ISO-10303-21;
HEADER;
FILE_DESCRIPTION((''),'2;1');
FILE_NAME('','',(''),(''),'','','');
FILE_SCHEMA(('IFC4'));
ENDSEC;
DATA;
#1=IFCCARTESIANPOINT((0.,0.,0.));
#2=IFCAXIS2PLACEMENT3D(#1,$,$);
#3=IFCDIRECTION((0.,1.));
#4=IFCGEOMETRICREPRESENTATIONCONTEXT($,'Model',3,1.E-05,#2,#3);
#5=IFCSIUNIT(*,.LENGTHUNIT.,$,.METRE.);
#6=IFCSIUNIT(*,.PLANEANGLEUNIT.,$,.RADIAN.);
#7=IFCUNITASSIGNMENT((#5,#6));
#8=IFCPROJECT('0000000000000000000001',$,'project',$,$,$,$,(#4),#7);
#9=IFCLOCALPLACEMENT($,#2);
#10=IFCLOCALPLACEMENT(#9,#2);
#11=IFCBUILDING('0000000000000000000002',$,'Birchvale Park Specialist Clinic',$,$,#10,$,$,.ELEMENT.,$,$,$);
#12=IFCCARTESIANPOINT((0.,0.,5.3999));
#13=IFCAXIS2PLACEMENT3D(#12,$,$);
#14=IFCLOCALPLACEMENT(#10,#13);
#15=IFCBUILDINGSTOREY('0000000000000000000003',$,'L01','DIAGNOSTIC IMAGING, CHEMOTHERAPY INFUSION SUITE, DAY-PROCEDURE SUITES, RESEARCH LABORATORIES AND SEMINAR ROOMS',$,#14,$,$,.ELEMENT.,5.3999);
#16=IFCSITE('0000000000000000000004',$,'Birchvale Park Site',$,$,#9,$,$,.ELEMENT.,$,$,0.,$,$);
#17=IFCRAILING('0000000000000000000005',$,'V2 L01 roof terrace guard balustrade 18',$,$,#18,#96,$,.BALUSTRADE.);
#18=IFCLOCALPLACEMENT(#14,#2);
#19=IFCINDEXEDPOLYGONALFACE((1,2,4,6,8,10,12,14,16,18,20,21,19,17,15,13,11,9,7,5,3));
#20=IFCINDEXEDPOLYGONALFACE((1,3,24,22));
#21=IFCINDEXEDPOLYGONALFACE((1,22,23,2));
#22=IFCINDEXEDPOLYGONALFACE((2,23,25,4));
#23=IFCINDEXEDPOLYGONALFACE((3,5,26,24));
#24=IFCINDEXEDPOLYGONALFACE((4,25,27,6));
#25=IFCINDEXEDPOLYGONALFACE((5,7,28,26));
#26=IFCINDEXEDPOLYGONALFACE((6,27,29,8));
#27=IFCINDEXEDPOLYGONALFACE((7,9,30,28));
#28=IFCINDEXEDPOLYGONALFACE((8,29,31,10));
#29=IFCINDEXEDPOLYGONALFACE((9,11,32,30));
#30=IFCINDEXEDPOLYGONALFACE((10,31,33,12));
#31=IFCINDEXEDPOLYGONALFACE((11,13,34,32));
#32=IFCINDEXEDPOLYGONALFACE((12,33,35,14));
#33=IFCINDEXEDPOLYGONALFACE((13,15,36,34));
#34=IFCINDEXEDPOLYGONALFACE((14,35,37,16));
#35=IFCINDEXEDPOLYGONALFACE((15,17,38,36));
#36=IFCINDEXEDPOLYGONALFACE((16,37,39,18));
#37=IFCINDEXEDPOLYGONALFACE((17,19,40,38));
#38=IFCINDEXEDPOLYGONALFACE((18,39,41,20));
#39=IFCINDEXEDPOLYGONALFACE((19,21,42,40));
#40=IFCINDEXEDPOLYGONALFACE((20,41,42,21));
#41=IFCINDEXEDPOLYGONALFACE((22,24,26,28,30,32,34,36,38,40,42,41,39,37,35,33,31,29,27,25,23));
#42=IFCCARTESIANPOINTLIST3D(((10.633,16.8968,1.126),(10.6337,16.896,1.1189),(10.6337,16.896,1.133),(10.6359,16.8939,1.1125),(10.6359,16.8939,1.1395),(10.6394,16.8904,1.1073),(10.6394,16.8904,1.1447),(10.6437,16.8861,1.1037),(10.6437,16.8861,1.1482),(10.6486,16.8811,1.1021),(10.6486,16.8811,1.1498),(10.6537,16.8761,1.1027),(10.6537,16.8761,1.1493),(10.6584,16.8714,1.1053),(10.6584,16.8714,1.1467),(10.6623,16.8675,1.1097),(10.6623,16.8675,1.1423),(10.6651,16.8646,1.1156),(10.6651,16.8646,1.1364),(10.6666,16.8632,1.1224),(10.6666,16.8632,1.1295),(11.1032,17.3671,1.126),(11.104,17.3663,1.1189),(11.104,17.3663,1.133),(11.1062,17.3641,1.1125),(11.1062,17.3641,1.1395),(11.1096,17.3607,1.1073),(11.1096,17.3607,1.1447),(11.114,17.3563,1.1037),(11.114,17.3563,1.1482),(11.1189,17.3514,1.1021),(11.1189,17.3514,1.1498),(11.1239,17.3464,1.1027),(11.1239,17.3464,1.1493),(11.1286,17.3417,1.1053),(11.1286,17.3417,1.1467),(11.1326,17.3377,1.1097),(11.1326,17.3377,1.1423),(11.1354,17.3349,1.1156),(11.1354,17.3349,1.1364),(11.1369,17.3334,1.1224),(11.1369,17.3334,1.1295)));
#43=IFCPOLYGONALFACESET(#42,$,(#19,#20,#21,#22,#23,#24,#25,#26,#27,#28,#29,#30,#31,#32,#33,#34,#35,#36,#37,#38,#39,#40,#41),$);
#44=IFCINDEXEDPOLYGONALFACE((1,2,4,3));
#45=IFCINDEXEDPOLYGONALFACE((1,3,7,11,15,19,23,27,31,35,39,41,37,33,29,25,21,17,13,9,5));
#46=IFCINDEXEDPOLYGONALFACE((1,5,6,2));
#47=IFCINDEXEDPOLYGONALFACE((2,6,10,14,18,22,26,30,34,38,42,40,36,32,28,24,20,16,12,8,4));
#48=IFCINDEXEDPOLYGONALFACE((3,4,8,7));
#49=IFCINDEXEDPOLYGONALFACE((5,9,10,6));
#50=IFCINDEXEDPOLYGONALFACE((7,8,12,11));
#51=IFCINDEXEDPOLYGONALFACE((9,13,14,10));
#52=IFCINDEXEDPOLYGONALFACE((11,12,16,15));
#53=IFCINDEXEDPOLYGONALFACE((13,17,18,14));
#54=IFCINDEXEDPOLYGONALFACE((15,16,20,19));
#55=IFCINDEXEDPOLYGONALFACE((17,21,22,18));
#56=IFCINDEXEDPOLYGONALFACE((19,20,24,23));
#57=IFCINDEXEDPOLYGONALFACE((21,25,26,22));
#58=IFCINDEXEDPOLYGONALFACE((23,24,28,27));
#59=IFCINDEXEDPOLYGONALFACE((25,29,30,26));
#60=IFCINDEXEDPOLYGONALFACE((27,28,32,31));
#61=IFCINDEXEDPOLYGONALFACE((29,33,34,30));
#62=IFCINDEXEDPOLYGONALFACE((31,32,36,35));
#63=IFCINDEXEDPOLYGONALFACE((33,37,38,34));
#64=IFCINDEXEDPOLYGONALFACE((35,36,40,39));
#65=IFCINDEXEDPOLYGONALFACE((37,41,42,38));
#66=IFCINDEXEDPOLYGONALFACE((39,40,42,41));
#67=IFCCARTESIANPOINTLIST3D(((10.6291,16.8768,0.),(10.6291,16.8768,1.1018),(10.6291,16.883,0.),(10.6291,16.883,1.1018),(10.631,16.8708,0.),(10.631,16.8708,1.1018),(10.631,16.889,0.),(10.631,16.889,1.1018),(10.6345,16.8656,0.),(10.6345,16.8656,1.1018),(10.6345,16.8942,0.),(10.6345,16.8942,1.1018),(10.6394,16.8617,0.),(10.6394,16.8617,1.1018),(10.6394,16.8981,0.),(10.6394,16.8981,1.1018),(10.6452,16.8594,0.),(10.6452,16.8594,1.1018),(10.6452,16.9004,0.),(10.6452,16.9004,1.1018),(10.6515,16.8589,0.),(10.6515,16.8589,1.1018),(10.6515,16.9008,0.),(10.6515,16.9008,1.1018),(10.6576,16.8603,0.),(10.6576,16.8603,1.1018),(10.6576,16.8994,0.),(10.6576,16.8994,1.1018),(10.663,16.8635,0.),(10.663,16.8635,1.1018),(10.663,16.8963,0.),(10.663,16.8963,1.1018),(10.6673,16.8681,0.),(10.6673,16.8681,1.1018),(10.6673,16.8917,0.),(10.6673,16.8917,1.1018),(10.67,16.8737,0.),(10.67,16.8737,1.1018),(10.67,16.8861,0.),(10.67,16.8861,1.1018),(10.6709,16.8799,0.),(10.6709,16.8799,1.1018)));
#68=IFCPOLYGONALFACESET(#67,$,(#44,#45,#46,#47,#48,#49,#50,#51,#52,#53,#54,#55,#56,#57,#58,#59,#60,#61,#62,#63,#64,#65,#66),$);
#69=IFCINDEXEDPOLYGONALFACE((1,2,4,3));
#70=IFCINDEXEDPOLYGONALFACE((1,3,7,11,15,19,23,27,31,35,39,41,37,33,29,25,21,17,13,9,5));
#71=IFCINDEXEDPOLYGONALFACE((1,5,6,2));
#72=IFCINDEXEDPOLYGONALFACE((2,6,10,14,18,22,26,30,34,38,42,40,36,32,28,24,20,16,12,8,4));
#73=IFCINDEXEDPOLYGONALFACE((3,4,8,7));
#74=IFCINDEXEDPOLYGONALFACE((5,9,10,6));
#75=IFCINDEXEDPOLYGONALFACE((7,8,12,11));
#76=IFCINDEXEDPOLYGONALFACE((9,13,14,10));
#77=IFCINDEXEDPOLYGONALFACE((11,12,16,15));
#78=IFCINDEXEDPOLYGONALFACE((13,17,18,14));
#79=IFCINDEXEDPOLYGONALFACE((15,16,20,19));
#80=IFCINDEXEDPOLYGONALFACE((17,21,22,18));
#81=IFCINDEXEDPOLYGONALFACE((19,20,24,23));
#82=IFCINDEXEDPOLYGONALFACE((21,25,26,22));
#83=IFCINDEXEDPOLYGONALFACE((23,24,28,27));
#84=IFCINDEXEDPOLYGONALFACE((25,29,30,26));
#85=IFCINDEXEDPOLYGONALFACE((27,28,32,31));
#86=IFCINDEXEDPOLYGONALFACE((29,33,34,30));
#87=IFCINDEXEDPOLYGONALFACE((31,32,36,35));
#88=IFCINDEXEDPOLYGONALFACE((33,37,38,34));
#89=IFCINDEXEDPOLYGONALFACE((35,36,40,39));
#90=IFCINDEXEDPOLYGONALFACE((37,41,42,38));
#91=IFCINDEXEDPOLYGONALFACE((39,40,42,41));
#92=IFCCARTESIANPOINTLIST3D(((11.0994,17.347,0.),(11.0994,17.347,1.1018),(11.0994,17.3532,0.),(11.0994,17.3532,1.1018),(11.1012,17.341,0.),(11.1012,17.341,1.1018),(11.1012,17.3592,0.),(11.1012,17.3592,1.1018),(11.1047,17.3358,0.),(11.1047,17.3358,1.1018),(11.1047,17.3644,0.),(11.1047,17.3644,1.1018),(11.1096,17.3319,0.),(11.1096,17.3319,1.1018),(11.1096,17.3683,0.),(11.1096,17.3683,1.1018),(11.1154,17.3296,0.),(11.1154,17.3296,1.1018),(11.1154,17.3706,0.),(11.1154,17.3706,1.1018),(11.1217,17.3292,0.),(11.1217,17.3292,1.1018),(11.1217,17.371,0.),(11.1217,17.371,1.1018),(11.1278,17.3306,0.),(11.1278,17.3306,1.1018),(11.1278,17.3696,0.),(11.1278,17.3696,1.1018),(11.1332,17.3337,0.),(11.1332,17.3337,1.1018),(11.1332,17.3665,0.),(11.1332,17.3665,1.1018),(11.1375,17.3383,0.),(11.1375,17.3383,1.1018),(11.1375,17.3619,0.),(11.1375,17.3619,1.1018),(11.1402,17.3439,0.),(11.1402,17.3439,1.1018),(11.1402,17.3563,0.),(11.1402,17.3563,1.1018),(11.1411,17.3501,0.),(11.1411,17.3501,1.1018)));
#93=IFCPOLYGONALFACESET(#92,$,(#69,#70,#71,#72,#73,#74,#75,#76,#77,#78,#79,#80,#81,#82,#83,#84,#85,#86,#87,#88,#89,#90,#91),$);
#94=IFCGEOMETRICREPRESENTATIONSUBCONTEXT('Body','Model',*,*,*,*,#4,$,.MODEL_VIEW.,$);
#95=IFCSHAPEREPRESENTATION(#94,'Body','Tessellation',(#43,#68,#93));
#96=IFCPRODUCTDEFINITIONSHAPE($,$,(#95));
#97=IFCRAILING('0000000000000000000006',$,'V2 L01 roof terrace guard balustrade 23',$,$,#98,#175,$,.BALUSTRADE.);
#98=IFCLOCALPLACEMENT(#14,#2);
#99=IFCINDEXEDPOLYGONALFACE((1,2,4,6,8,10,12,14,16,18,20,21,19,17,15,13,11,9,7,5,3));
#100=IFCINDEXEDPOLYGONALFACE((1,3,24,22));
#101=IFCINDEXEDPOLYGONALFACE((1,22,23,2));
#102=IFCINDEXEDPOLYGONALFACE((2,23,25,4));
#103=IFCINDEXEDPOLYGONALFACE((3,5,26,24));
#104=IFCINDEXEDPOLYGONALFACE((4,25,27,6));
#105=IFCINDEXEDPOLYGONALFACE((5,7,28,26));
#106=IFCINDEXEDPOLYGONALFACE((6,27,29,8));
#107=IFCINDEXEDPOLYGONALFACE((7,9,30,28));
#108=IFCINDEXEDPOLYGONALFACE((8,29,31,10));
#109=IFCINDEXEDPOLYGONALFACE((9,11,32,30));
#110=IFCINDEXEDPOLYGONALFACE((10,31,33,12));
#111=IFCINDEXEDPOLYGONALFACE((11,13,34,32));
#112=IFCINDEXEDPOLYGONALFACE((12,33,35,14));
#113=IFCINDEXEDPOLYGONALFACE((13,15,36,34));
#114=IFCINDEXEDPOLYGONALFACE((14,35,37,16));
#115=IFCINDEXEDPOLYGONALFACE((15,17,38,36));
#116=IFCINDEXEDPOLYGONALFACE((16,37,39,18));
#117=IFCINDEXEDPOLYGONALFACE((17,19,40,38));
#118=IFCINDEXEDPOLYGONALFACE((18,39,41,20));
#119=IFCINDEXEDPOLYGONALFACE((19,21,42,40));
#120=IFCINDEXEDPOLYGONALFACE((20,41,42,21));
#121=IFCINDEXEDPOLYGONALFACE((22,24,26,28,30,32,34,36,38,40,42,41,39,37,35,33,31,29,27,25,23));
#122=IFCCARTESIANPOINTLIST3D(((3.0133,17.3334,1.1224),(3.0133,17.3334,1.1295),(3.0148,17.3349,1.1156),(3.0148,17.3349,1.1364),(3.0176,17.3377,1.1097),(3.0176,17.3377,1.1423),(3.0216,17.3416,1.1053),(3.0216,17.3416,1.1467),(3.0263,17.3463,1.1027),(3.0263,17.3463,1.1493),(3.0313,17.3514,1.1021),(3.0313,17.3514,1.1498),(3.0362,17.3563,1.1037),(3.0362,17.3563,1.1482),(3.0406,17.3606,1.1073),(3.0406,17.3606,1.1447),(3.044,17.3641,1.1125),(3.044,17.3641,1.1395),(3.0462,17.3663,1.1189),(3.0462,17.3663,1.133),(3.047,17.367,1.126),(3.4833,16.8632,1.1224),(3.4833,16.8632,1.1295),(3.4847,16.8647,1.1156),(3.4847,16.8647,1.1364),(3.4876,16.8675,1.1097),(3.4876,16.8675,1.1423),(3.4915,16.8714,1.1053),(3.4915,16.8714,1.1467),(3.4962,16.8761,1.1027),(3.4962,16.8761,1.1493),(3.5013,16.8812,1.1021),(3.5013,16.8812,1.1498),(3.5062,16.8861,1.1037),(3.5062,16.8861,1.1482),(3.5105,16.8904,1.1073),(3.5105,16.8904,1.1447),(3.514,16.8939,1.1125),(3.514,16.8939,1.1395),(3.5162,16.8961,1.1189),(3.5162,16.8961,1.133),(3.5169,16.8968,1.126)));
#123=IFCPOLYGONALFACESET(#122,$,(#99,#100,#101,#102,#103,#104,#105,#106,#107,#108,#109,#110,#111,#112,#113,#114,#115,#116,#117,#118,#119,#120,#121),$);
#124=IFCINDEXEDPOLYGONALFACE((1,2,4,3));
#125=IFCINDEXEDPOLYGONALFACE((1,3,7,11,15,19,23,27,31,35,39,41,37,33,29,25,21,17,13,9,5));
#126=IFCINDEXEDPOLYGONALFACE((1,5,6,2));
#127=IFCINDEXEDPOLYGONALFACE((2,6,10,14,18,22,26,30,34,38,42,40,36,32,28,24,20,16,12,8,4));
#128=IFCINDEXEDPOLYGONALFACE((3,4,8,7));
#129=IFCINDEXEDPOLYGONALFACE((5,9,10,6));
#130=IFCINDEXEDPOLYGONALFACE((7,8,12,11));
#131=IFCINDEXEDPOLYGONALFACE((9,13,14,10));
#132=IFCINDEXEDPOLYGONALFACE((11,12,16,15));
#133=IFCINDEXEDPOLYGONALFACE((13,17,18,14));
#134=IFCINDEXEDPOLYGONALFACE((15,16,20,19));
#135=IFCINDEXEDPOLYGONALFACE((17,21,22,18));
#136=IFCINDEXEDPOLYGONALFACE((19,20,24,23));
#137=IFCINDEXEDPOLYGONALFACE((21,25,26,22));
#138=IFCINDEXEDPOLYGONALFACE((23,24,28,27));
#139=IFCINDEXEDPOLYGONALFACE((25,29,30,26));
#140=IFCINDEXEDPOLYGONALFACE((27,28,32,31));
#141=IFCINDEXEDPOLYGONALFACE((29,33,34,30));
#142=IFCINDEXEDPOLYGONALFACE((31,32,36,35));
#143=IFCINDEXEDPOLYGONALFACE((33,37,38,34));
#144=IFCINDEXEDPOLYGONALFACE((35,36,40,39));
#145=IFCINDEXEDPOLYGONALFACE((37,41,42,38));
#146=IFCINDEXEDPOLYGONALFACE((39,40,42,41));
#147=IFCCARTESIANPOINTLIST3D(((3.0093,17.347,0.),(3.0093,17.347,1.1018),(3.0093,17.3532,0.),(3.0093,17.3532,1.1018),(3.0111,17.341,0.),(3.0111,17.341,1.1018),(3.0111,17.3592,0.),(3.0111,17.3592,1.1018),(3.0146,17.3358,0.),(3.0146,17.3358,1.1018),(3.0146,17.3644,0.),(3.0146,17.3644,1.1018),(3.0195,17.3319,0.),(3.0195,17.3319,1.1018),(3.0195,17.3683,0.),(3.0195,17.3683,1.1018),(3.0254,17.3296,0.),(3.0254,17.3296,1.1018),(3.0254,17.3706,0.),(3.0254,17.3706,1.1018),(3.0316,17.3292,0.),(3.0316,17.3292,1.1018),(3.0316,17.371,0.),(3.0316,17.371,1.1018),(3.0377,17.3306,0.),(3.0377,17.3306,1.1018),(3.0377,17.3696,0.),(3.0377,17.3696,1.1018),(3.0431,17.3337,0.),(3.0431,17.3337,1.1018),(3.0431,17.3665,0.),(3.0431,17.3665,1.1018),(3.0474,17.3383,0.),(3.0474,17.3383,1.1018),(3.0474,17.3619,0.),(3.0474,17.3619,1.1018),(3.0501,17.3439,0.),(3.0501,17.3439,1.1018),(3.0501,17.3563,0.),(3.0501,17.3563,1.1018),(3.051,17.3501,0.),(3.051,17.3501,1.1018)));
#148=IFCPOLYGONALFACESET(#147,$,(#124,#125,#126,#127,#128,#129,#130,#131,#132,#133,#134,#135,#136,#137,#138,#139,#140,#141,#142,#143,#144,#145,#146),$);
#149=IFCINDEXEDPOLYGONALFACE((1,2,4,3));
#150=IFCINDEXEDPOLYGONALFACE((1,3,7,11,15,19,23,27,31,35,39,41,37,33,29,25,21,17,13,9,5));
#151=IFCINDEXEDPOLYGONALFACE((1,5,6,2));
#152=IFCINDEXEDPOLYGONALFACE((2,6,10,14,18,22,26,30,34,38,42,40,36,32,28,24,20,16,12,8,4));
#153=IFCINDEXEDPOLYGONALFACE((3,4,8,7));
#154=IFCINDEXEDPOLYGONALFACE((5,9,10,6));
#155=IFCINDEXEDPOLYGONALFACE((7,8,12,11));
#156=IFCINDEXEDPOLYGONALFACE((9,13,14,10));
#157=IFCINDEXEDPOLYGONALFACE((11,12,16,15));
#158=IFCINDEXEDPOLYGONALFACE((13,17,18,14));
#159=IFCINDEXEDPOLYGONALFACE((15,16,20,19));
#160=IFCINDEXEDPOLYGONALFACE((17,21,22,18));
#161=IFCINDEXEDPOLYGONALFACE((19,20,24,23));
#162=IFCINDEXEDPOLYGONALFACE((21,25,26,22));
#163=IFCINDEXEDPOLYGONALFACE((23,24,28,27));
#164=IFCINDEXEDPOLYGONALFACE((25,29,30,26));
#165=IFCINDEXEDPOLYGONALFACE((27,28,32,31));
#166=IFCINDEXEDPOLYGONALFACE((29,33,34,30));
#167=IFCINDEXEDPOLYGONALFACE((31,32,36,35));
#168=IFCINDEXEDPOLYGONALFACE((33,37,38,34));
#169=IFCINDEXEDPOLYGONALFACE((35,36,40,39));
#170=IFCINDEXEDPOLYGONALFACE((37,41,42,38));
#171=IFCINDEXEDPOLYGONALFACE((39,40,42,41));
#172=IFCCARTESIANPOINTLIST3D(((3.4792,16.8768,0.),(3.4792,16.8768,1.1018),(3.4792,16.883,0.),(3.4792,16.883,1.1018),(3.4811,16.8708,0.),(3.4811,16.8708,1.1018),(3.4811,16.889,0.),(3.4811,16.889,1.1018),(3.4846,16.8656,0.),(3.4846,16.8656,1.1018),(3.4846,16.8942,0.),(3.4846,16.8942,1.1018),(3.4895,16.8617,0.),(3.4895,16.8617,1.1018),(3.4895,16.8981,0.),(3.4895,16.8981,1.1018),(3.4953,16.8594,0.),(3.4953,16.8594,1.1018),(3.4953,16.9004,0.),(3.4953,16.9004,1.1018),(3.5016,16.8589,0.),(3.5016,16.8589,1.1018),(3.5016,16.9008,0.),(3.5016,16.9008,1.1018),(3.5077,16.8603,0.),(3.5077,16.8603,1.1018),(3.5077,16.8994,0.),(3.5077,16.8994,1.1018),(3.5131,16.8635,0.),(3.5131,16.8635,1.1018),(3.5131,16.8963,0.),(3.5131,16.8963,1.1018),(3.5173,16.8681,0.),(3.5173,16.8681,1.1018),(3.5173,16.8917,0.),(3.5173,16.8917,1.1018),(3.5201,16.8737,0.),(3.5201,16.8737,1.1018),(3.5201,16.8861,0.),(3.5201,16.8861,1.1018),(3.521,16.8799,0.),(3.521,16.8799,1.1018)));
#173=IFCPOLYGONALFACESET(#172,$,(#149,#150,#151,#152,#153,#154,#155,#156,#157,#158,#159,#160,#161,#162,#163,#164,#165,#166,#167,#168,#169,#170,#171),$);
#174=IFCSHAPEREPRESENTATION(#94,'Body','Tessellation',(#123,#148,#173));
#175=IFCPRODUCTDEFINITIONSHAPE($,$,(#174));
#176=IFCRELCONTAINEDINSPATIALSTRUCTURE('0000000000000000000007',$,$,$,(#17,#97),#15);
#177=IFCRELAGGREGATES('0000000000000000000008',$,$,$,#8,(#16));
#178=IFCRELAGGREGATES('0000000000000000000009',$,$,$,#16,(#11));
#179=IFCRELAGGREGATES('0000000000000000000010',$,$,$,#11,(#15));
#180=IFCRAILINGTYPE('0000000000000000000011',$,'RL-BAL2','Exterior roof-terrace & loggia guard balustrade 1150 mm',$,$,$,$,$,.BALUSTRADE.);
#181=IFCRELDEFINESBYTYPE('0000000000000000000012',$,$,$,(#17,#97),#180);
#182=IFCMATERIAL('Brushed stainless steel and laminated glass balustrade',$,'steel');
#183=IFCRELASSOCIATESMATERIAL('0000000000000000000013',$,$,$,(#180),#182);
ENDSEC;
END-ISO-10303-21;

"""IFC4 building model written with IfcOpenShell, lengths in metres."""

from ifc_helpers import new_model, si_unit, direction, frame, origin, origin_2d, place, context, subcontext, project, spatial, circle, extrude, material, type_object, element, save


model = new_model("IFC4")

# Units and contexts
model_context = context("Model", 3, precision=1e-05, world=origin(), true_north=direction((0.0, 1.0)))
body_context = subcontext(model_context, "Body", "Model", "MODEL_VIEW")
ifc_project = project(units=[si_unit("LENGTHUNIT", "METRE"), si_unit("PLANEANGLEUNIT", "RADIAN")], contexts=[model_context])

# Site, building, storey
site_placement = place(None, origin())
site = spatial("IfcSite", under=ifc_project, at=site_placement, Name="Birchvale Park Site", CompositionType="ELEMENT", RefElevation=0.0)
building_placement = place(site_placement, origin())
building = spatial("IfcBuilding", under=site, at=building_placement, Name="Birchvale Park Specialist Clinic", CompositionType="ELEMENT")
storey_placement = place(building_placement, frame((0.0, 0.0, 5.3999)))
storey = spatial("IfcBuildingStorey", under=building, at=storey_placement, Name="L01", Description="DIAGNOSTIC IMAGING, CHEMOTHERAPY INFUSION SUITE, DAY-PROCEDURE SUITES, RESEARCH LABORATORIES AND SEMINAR ROOMS", CompositionType="ELEMENT", Elevation=5.3999)

# Railings
ifc_material_1 = material(Name="Brushed stainless steel and laminated glass balustrade", Category="steel")
railing_type = type_object("IfcRailingType", Name="RL-BAL2", Description="Exterior roof-terrace & loggia guard balustrade 1150 mm", PredefinedType="BALUSTRADE", material=ifc_material_1)
railing_1_placement = place(storey_placement, frame((10.6499, 16.8799, 0.0)))
element("IfcRailing", 1, at=railing_1_placement, inside=storey, type_object=railing_type, Name="V2 L01 roof terrace guard balustrade 18", PredefinedType="BALUSTRADE", context=body_context, shape_type="SweptSolid", body=[
    extrude(circle(Radius=0.0239, at=origin_2d()), frame((0.0, 0.0, 1.126), z_axis=(0.707107, 0.707107, 0.0), x_axis=(-0.707107, 0.707107, 0.0)), (0.0, 0.0, 1.0), 0.665),
    extrude(circle(Radius=0.021, at=origin_2d()), origin(), (0.0, 0.0, 1.0), 1.1018),
    extrude(circle(Radius=0.021, at=origin_2d()), frame((0.4702, 0.4702, 0.0)), (0.0, 0.0, 1.0), 1.1018),
])
railing_2_placement = place(storey_placement, frame((3.03, 17.3501, 0.0)))
element("IfcRailing", 2, at=railing_2_placement, inside=storey, type_object=railing_type, Name="V2 L01 roof terrace guard balustrade 23", PredefinedType="BALUSTRADE", context=body_context, shape_type="SweptSolid", body=[
    extrude(circle(Radius=0.0239, at=origin_2d()), frame((0.0, 0.0, 1.126), z_axis=(0.706923, -0.70729, 0.0), x_axis=(0.70729, 0.706923, 0.0)), (0.0, 0.0, 1.0), 0.6648),
    extrude(circle(Radius=0.021, at=origin_2d()), origin(), (0.0, 0.0, 1.0), 1.1018),
    extrude(circle(Radius=0.021, at=origin_2d()), frame((0.47, -0.4702, 0.0)), (0.0, 0.0, 1.0), 1.1018),
])

save(model, "model.ifc")
